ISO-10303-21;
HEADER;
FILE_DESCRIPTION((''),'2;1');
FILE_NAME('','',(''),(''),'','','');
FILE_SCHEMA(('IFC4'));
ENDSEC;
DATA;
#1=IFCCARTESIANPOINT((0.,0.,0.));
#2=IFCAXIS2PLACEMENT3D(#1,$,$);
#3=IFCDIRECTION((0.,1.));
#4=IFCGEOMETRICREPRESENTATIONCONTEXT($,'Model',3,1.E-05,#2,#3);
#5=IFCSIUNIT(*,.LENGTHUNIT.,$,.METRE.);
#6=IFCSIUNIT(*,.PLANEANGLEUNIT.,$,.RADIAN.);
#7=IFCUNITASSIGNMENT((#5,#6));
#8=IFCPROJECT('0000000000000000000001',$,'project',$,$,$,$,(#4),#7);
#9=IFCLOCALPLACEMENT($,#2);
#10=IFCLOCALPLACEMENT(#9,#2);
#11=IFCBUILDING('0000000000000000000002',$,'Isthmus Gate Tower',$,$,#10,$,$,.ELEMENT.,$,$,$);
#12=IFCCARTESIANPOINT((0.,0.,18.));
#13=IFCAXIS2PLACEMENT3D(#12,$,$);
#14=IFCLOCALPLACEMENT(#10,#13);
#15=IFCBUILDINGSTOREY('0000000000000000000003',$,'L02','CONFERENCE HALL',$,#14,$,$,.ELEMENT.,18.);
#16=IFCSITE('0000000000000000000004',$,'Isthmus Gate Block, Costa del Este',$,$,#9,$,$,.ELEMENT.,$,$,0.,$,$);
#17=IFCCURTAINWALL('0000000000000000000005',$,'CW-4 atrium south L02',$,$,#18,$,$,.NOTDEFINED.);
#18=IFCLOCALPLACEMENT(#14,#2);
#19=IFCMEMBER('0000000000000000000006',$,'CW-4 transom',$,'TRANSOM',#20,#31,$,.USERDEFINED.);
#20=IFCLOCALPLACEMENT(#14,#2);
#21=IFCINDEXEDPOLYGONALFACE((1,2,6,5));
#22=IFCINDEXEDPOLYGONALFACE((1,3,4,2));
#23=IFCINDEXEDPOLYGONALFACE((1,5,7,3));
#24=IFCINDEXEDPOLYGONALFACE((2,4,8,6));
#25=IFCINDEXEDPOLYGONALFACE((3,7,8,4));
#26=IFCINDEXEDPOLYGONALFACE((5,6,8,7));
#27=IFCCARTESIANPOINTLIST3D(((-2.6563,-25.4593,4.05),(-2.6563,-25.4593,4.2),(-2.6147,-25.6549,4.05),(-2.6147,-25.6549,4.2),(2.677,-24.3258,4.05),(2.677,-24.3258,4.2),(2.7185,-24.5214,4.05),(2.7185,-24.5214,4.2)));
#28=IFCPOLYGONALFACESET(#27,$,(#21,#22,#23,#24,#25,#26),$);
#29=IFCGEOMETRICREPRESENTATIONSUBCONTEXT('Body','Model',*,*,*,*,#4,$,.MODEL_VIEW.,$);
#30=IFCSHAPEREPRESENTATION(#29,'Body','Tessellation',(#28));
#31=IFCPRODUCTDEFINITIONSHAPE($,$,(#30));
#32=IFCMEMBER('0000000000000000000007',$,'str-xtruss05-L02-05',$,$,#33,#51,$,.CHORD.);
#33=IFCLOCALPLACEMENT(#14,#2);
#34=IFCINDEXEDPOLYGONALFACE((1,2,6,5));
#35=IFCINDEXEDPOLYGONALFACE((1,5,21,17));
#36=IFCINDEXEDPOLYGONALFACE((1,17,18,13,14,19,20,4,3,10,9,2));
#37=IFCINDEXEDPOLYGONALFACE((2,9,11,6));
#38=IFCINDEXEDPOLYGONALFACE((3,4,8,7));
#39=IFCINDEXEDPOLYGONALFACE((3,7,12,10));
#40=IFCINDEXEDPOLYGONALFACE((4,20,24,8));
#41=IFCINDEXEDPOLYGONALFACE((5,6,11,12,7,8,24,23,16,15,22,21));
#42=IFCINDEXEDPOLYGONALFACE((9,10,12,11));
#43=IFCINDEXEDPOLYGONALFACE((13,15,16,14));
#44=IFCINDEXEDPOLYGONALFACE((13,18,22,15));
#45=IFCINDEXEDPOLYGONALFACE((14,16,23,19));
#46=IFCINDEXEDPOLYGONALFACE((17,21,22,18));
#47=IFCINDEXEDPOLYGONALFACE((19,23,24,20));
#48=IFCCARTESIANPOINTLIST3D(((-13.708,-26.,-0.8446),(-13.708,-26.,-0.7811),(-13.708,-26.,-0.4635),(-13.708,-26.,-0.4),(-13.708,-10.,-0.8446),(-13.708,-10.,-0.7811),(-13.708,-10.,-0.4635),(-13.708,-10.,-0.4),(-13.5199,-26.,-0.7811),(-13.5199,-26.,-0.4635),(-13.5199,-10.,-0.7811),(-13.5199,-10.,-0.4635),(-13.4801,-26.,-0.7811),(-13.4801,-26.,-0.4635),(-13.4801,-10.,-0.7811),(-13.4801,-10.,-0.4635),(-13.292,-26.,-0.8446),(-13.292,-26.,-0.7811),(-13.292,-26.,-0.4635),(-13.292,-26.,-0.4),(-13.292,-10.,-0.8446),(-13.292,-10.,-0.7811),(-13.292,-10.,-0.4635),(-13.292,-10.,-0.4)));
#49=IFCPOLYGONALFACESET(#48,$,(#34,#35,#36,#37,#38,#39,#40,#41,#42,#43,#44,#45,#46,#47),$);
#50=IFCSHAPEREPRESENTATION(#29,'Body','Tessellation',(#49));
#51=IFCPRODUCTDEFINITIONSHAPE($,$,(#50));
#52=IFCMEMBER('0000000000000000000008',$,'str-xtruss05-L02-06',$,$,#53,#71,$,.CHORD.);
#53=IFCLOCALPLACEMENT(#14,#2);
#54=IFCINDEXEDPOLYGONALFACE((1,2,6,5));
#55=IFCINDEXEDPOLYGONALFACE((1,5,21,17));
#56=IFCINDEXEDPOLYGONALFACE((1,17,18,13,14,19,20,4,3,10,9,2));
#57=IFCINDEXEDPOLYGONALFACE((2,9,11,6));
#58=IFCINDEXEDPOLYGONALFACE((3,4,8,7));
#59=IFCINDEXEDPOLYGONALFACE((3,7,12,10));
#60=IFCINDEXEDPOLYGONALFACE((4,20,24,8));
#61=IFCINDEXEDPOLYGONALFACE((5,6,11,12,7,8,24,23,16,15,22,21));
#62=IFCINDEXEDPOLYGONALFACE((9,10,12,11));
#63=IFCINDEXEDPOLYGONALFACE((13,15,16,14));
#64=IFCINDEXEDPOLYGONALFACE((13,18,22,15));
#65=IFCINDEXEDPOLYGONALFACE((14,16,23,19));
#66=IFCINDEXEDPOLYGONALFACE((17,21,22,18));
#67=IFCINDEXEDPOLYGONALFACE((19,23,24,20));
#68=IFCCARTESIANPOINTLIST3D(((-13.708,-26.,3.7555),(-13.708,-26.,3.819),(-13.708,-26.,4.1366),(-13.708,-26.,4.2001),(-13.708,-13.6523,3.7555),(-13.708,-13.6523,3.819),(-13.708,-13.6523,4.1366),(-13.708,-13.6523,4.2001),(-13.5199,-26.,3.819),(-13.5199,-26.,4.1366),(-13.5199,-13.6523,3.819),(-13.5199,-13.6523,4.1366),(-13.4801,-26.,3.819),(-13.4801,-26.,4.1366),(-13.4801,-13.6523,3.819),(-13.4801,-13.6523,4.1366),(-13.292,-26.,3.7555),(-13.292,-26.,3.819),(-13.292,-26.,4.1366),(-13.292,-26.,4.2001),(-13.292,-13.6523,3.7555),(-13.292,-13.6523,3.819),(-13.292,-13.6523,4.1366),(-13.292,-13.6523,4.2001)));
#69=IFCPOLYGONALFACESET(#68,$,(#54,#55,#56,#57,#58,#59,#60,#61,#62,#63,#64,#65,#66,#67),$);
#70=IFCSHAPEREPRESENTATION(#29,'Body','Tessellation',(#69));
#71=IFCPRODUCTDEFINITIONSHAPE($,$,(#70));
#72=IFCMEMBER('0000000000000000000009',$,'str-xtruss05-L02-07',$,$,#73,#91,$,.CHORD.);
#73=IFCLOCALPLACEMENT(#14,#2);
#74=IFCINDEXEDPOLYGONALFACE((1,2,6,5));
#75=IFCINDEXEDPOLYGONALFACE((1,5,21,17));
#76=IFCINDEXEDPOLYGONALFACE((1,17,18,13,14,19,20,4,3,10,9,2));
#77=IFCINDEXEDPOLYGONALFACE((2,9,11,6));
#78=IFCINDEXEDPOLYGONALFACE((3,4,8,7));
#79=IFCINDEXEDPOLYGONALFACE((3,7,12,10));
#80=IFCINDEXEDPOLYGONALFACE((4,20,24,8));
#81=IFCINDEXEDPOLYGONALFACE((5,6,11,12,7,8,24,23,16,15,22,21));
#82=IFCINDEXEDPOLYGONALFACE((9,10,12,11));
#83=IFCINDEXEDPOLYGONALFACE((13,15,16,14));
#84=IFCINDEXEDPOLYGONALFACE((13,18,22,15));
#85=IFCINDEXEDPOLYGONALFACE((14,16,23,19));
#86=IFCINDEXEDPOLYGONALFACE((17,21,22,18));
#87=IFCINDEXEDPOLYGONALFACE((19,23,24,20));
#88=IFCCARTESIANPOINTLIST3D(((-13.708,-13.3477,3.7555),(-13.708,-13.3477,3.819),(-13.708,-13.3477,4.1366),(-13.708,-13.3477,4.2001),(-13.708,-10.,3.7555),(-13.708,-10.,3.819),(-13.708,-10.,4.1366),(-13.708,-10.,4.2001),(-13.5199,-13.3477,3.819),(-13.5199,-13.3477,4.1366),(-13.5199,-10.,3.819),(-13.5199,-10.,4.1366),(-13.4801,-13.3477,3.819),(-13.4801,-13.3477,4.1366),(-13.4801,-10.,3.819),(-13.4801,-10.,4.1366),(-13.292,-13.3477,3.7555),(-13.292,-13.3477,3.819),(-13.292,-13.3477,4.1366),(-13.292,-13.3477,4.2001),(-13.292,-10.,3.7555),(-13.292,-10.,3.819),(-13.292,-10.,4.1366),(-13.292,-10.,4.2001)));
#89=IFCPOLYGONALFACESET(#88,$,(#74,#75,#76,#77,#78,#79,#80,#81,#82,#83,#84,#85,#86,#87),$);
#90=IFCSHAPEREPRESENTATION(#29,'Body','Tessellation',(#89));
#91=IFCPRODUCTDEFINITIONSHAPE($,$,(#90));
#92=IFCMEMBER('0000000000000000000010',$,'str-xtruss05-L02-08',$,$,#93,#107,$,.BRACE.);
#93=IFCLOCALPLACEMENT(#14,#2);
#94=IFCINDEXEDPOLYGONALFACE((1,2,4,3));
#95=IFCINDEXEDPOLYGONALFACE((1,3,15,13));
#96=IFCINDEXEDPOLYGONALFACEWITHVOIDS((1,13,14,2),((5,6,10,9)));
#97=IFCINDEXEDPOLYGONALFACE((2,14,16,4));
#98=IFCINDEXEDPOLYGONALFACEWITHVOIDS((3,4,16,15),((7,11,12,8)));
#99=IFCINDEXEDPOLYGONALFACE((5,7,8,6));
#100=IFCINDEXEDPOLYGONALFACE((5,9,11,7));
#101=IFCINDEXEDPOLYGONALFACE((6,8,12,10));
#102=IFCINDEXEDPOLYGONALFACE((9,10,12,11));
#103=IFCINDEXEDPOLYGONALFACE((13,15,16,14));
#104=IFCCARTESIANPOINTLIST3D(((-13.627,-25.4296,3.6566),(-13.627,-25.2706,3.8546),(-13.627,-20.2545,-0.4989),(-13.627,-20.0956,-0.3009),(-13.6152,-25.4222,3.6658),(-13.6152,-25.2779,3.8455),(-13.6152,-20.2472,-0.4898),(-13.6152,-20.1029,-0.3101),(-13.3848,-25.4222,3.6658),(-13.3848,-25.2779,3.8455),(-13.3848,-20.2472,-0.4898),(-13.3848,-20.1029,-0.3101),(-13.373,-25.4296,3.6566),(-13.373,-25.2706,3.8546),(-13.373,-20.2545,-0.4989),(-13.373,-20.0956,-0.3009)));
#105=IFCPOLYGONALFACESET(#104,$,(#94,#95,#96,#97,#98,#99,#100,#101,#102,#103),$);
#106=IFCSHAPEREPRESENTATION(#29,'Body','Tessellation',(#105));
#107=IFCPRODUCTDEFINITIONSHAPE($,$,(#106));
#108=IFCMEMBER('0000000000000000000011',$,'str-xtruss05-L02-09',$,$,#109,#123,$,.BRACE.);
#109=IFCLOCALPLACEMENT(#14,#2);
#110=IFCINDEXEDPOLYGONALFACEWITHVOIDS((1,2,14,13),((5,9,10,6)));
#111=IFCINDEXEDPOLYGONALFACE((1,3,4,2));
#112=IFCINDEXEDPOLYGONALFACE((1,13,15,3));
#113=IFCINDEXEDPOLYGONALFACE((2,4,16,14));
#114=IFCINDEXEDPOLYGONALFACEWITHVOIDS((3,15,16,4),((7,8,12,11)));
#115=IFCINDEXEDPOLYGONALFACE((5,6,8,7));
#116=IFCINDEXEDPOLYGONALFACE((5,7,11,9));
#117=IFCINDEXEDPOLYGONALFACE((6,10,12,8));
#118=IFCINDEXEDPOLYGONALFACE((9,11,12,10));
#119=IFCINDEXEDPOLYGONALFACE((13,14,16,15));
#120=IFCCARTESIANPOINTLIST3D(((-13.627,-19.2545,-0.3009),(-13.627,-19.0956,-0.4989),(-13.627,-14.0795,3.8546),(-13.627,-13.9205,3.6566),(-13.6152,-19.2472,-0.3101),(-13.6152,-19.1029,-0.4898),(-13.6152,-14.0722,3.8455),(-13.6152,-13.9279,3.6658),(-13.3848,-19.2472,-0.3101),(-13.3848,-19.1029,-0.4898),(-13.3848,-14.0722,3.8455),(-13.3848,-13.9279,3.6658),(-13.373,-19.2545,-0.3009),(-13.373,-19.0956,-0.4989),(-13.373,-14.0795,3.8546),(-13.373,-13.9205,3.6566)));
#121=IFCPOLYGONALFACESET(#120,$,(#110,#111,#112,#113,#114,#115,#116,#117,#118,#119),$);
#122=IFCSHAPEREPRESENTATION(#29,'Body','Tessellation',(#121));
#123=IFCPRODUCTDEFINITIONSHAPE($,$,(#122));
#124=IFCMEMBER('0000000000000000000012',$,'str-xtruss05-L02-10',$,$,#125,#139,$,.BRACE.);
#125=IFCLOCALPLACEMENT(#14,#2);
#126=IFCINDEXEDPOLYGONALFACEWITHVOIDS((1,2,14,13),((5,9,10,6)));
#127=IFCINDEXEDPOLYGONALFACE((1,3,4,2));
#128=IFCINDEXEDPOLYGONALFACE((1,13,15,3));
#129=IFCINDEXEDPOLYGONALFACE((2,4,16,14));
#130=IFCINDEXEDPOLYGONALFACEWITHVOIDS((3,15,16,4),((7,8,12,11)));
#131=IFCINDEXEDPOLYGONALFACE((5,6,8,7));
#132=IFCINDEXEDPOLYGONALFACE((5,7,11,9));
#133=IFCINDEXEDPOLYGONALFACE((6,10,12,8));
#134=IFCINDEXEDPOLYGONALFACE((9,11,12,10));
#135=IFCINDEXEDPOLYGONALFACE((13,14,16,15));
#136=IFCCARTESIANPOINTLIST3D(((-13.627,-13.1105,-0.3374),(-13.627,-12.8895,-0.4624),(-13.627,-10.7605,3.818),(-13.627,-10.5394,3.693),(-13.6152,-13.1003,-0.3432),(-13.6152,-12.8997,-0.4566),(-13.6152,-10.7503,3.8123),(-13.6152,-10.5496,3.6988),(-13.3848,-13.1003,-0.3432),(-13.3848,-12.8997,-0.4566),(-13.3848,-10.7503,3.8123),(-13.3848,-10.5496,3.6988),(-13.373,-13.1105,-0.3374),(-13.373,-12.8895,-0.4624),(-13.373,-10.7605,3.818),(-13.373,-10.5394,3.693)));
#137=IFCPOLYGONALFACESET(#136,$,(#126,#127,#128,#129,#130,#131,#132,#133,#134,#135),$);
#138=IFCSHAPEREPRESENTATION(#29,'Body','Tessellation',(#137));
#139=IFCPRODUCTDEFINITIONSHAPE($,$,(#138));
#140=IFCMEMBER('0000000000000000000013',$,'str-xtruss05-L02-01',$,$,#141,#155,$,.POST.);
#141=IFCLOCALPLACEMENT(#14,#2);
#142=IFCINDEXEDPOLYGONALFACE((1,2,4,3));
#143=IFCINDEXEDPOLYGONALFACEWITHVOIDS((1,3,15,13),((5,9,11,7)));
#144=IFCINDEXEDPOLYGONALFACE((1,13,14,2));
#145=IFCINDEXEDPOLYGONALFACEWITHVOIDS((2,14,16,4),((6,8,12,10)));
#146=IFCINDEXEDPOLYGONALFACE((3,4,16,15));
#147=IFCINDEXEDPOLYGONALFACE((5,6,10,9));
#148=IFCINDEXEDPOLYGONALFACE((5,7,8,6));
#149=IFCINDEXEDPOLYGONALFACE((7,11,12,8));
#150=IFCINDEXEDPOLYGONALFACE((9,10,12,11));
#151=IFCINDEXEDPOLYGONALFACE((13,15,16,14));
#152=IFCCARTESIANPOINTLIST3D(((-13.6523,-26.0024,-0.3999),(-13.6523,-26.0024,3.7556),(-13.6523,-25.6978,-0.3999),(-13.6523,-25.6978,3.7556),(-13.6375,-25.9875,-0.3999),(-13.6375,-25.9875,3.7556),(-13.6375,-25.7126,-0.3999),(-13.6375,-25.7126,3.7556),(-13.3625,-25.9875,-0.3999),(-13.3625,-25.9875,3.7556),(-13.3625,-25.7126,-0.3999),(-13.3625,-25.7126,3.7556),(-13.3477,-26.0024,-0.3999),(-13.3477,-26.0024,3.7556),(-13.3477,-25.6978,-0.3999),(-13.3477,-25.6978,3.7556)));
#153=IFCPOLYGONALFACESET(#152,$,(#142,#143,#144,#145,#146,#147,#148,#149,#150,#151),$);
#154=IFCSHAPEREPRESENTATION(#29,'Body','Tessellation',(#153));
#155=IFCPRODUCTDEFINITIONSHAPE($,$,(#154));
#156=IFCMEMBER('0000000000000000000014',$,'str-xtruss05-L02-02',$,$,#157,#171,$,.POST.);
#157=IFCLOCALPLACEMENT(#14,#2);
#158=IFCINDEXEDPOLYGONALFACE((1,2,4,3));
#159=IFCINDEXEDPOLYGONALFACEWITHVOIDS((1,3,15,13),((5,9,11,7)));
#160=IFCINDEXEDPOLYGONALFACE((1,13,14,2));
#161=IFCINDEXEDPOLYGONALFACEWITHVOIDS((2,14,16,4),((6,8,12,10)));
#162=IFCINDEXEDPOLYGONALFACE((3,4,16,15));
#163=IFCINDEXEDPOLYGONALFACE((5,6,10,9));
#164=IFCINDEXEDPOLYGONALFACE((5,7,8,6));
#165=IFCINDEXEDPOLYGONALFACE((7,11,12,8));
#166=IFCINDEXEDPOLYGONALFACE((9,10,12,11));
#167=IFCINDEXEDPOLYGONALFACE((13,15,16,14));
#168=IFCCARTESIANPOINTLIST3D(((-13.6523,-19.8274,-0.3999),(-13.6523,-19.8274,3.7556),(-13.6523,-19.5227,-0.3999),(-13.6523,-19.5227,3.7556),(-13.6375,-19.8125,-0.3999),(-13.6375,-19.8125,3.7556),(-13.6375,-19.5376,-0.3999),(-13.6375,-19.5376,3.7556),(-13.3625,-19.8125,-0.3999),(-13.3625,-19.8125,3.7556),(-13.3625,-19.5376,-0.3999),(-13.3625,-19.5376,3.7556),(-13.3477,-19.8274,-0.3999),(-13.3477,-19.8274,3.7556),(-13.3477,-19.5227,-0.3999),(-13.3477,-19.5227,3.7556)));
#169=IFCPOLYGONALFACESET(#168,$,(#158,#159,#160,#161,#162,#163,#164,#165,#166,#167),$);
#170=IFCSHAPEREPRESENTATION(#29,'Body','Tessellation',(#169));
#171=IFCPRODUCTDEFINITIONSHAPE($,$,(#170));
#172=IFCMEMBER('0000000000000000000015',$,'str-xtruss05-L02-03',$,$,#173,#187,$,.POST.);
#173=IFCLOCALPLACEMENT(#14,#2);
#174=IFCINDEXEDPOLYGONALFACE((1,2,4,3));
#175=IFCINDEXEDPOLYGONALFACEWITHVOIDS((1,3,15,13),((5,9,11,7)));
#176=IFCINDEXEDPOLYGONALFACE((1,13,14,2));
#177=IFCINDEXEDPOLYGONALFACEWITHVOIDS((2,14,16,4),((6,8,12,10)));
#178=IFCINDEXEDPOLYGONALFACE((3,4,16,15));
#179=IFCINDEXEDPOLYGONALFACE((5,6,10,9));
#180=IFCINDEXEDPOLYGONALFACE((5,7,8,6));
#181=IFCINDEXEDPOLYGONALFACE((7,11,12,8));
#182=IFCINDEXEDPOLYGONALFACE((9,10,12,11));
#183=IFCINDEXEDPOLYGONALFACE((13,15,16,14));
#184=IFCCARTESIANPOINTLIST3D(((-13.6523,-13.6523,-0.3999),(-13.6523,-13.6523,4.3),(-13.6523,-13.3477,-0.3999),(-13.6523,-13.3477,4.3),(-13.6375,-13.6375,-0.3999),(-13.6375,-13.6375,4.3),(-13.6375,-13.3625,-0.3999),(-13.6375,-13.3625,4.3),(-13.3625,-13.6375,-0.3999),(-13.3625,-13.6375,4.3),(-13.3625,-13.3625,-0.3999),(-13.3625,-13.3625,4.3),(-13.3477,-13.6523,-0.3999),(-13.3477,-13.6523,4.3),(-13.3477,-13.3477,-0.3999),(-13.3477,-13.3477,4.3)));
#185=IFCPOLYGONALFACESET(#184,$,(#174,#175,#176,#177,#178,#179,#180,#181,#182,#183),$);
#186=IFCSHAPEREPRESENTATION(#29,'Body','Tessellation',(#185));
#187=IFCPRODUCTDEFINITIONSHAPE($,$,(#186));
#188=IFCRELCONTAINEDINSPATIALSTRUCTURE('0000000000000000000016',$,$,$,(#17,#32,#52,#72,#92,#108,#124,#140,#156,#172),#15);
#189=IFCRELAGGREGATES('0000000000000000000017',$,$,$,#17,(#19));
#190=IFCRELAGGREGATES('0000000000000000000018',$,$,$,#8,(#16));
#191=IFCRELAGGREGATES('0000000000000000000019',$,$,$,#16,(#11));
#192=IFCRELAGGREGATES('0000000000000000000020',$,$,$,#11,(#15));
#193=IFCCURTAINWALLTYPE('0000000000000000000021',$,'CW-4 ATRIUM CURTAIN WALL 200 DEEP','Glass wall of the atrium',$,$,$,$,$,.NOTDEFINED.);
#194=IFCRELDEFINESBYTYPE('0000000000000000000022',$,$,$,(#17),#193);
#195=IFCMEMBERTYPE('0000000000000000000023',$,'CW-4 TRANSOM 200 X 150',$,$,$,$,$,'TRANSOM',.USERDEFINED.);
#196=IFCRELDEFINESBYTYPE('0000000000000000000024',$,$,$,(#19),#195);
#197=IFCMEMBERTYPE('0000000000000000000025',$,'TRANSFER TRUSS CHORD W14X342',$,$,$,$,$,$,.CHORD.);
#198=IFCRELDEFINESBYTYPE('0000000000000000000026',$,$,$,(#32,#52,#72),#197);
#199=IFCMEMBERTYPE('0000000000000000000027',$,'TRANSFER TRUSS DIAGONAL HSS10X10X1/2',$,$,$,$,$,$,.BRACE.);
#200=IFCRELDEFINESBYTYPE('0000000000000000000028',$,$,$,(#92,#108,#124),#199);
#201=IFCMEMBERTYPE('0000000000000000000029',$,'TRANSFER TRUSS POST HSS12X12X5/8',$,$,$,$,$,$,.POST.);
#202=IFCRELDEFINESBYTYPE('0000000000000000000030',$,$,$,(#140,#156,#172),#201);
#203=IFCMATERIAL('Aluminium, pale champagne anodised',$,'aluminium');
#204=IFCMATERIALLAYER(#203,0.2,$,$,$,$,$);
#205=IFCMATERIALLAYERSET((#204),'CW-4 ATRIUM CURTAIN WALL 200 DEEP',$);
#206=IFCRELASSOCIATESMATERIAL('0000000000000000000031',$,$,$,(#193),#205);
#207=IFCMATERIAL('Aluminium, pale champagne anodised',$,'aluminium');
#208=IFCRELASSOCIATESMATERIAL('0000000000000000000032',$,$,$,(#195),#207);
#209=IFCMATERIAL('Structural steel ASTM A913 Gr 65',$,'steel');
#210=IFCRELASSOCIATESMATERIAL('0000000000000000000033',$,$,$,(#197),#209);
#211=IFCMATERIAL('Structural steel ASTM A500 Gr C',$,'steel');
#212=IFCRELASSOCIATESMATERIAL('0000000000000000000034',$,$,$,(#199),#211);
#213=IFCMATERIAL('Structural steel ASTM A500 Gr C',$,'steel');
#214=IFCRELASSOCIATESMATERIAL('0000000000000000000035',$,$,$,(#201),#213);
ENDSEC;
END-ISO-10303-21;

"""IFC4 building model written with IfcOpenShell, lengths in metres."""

from ifc_helpers import new_model, si_unit, direction, frame, origin, origin_2d, place, context, subcontext, project, spatial, rectangle, hollow_rectangle, i_section, extrude, material, layer, layer_set, material_profile, profile_set, type_object, element, aggregate, save


model = new_model("IFC4")

# Units and contexts
model_context = context("Model", 3, precision=1e-05, world=origin(), true_north=direction((0.0, 1.0)))
body_context = subcontext(model_context, "Body", "Model", "MODEL_VIEW")
ifc_project = project(units=[si_unit("LENGTHUNIT", "METRE"), si_unit("PLANEANGLEUNIT", "RADIAN")], contexts=[model_context])

# Site, building, storey
site_placement = place(None, origin())
site = spatial("IfcSite", under=ifc_project, at=site_placement, Name="Isthmus Gate Block, Costa del Este", CompositionType="ELEMENT", RefElevation=0.0)
building_placement = place(site_placement, origin())
building = spatial("IfcBuilding", under=site, at=building_placement, Name="Isthmus Gate Tower", CompositionType="ELEMENT")
storey_placement = place(building_placement, frame((0.0, 0.0, 18.0)))
storey = spatial("IfcBuildingStorey", under=building, at=storey_placement, Name="L02", Description="CONFERENCE HALL", CompositionType="ELEMENT", Elevation=18.0)

# Curtain wall, member
ifc_material_1 = material(Name="Aluminium, pale champagne anodised", Category="aluminium")
ifc_layer_1 = layer(ifc_material_1, 0.2)
ifc_layer_set_1 = layer_set([ifc_layer_1], Name="CW-4 ATRIUM CURTAIN WALL 200 DEEP")
curtain_wall_type = type_object("IfcCurtainWallType", Name="CW-4 ATRIUM CURTAIN WALL 200 DEEP", Description="Glass wall of the atrium", PredefinedType="NOTDEFINED", material=ifc_layer_set_1)
curtain_wall_placement = place(storey_placement, origin())
curtain_wall = element("IfcCurtainWall", 1, at=curtain_wall_placement, inside=storey, type_object=curtain_wall_type, Name="CW-4 atrium south L02", PredefinedType="NOTDEFINED")
ifc_material_2 = material(Name="Aluminium, pale champagne anodised", Category="aluminium")
ifc_material_profile_1 = material_profile(ifc_material_2, rectangle(XDim=0.2, YDim=0.1499, at=origin_2d()), Name="200x150")
ifc_profile_set_1 = profile_set([ifc_material_profile_1], Name="Aluminium, pale champagne anodised")
member_type_1 = type_object("IfcMemberType", Name="CW-4 TRANSOM 200 X 150", ElementType="TRANSOM", PredefinedType="USERDEFINED", material=ifc_profile_set_1)
member_1_placement = place(storey_placement, frame((-2.6355, -25.5571, 4.125), z_axis=(0.97815, 0.207899, 0.0), x_axis=(-0.207899, 0.97815, 0.0)))
member_1 = element("IfcMember", 2, at=member_1_placement, type_object=member_type_1, Name="CW-4 transom", ObjectType="TRANSOM", PredefinedType="USERDEFINED", context=body_context, shape_type="SweptSolid", body=[
    extrude(rectangle(XDim=0.2, YDim=0.1499, at=origin_2d()), origin(), (0.0, 0.0, 1.0), 5.4524),
])

# Members
ifc_material_3 = material(Name="Structural steel ASTM A913 Gr 65", Category="steel")
ifc_material_profile_2 = material_profile(ifc_material_3, i_section(OverallWidth=0.416, OverallDepth=0.4446, WebThickness=0.0398, FlangeThickness=0.0635, at=origin_2d()), Name="W14X342")
ifc_profile_set_2 = profile_set([ifc_material_profile_2], Name="Structural steel ASTM A913 Gr 65")
member_type_2 = type_object("IfcMemberType", Name="TRANSFER TRUSS CHORD W14X342", PredefinedType="CHORD", material=ifc_profile_set_2)
member_2_placement = place(storey_placement, frame((-13.5, -26.0, -0.6223), z_axis=(0.0, 1.0, 0.0), x_axis=(-1.0, 0.0, 0.0)))
element("IfcMember", 3, at=member_2_placement, inside=storey, type_object=member_type_2, Name="str-xtruss05-L02-05", PredefinedType="CHORD", context=body_context, shape_type="SweptSolid", body=[
    extrude(i_section(OverallWidth=0.416, OverallDepth=0.4446, WebThickness=0.0398, FlangeThickness=0.0635, at=origin_2d()), origin(), (0.0, 0.0, 1.0), 16.0),
])
member_3_placement = place(storey_placement, frame((-13.5, -26.0, 3.9778), z_axis=(0.0, 1.0, 0.0), x_axis=(-1.0, 0.0, 0.0)))
element("IfcMember", 4, at=member_3_placement, inside=storey, type_object=member_type_2, Name="str-xtruss05-L02-06", PredefinedType="CHORD", context=body_context, shape_type="SweptSolid", body=[
    extrude(i_section(OverallWidth=0.416, OverallDepth=0.4446, WebThickness=0.0398, FlangeThickness=0.0635, at=origin_2d()), origin(), (0.0, 0.0, 1.0), 12.3477),
])
member_4_placement = place(storey_placement, frame((-13.5, -13.3477, 3.9778), z_axis=(0.0, 1.0, 0.0), x_axis=(-1.0, 0.0, 0.0)))
element("IfcMember", 5, at=member_4_placement, inside=storey, type_object=member_type_2, Name="str-xtruss05-L02-07", PredefinedType="CHORD", context=body_context, shape_type="SweptSolid", body=[
    extrude(i_section(OverallWidth=0.416, OverallDepth=0.4446, WebThickness=0.0398, FlangeThickness=0.0635, at=origin_2d()), origin(), (0.0, 0.0, 1.0), 3.3477),
])
ifc_material_4 = material(Name="Structural steel ASTM A500 Gr C", Category="steel")
ifc_material_profile_3 = material_profile(ifc_material_4, hollow_rectangle(XDim=0.2539, YDim=0.2539, WallThickness=0.0117, at=origin_2d()), Name="HSS10X10X1/2")
ifc_profile_set_3 = profile_set([ifc_material_profile_3], Name="Structural steel ASTM A500 Gr C")
member_type_3 = type_object("IfcMemberType", Name="TRANSFER TRUSS DIAGONAL HSS10X10X1/2", PredefinedType="BRACE", material=ifc_profile_set_3)
for number, where, z_axis, x_axis, name in (
    (6, (-13.5, -20.175, -0.3999), (0.0, -0.77973, 0.626116), (1.0, 0.0, 0.0), "str-xtruss05-L02-08"),
    (7, (-13.5, -19.175, -0.3999), (0.0, 0.77973, 0.626116), (-1.0, 0.0, 0.0), "str-xtruss05-L02-09"),
):
    element("IfcMember", number, at=place(storey_placement, frame(where, z_axis=z_axis, x_axis=x_axis)), inside=storey, type_object=member_type_3, Name=name, PredefinedType="BRACE", context=body_context, shape_type="SweptSolid", body=[
        extrude(hollow_rectangle(XDim=0.2539, YDim=0.2539, WallThickness=0.0117, at=origin_2d()), origin(), (0.0, 0.0, 1.0), 6.637),
    ])
member_5_placement = place(storey_placement, frame((-13.5, -13.0, -0.3999), z_axis=(0.0, 0.492268, 0.870444), x_axis=(-1.0, 0.0, 0.0)))
element("IfcMember", 8, at=member_5_placement, inside=storey, type_object=member_type_3, Name="str-xtruss05-L02-10", PredefinedType="BRACE", context=body_context, shape_type="SweptSolid", body=[
    extrude(hollow_rectangle(XDim=0.2539, YDim=0.2539, WallThickness=0.0117, at=origin_2d()), origin(), (0.0, 0.0, 1.0), 4.7739),
])
ifc_material_5 = material(Name="Structural steel ASTM A500 Gr C", Category="steel")
ifc_material_profile_4 = material_profile(ifc_material_5, hollow_rectangle(XDim=0.3047, YDim=0.3047, WallThickness=0.0149, at=origin_2d()), Name="HSS12X12X5/8")
ifc_profile_set_4 = profile_set([ifc_material_profile_4], Name="Structural steel ASTM A500 Gr C")
member_type_4 = type_object("IfcMemberType", Name="TRANSFER TRUSS POST HSS12X12X5/8", PredefinedType="POST", material=ifc_profile_set_4)
for number, where, z_axis, x_axis, name in (
    (9, (-13.5, -25.8501, -0.3999), (0.0, 0.0, 1.0), (1.0, 0.0, 0.0), "str-xtruss05-L02-01"),
    (10, (-13.5, -19.675, -0.3999), (0.0, 0.0, 1.0), (1.0, 0.0, 0.0), "str-xtruss05-L02-02"),
):
    element("IfcMember", number, at=place(storey_placement, frame(where, z_axis=z_axis, x_axis=x_axis)), inside=storey, type_object=member_type_4, Name=name, PredefinedType="POST", context=body_context, shape_type="SweptSolid", body=[
        extrude(hollow_rectangle(XDim=0.3047, YDim=0.3047, WallThickness=0.0149, at=origin_2d()), origin(), (0.0, 0.0, 1.0), 4.1555),
    ])
member_6_placement = place(storey_placement, frame((-13.5, -13.5, -0.3999), z_axis=(0.0, 0.0, 1.0), x_axis=(1.0, 0.0, 0.0)))
element("IfcMember", 11, at=member_6_placement, inside=storey, type_object=member_type_4, Name="str-xtruss05-L02-03", PredefinedType="POST", context=body_context, shape_type="SweptSolid", body=[
    extrude(hollow_rectangle(XDim=0.3047, YDim=0.3047, WallThickness=0.0149, at=origin_2d()), origin(), (0.0, 0.0, 1.0), 4.7),
])

aggregate(curtain_wall, [member_1])

save(model, "model.ifc")
